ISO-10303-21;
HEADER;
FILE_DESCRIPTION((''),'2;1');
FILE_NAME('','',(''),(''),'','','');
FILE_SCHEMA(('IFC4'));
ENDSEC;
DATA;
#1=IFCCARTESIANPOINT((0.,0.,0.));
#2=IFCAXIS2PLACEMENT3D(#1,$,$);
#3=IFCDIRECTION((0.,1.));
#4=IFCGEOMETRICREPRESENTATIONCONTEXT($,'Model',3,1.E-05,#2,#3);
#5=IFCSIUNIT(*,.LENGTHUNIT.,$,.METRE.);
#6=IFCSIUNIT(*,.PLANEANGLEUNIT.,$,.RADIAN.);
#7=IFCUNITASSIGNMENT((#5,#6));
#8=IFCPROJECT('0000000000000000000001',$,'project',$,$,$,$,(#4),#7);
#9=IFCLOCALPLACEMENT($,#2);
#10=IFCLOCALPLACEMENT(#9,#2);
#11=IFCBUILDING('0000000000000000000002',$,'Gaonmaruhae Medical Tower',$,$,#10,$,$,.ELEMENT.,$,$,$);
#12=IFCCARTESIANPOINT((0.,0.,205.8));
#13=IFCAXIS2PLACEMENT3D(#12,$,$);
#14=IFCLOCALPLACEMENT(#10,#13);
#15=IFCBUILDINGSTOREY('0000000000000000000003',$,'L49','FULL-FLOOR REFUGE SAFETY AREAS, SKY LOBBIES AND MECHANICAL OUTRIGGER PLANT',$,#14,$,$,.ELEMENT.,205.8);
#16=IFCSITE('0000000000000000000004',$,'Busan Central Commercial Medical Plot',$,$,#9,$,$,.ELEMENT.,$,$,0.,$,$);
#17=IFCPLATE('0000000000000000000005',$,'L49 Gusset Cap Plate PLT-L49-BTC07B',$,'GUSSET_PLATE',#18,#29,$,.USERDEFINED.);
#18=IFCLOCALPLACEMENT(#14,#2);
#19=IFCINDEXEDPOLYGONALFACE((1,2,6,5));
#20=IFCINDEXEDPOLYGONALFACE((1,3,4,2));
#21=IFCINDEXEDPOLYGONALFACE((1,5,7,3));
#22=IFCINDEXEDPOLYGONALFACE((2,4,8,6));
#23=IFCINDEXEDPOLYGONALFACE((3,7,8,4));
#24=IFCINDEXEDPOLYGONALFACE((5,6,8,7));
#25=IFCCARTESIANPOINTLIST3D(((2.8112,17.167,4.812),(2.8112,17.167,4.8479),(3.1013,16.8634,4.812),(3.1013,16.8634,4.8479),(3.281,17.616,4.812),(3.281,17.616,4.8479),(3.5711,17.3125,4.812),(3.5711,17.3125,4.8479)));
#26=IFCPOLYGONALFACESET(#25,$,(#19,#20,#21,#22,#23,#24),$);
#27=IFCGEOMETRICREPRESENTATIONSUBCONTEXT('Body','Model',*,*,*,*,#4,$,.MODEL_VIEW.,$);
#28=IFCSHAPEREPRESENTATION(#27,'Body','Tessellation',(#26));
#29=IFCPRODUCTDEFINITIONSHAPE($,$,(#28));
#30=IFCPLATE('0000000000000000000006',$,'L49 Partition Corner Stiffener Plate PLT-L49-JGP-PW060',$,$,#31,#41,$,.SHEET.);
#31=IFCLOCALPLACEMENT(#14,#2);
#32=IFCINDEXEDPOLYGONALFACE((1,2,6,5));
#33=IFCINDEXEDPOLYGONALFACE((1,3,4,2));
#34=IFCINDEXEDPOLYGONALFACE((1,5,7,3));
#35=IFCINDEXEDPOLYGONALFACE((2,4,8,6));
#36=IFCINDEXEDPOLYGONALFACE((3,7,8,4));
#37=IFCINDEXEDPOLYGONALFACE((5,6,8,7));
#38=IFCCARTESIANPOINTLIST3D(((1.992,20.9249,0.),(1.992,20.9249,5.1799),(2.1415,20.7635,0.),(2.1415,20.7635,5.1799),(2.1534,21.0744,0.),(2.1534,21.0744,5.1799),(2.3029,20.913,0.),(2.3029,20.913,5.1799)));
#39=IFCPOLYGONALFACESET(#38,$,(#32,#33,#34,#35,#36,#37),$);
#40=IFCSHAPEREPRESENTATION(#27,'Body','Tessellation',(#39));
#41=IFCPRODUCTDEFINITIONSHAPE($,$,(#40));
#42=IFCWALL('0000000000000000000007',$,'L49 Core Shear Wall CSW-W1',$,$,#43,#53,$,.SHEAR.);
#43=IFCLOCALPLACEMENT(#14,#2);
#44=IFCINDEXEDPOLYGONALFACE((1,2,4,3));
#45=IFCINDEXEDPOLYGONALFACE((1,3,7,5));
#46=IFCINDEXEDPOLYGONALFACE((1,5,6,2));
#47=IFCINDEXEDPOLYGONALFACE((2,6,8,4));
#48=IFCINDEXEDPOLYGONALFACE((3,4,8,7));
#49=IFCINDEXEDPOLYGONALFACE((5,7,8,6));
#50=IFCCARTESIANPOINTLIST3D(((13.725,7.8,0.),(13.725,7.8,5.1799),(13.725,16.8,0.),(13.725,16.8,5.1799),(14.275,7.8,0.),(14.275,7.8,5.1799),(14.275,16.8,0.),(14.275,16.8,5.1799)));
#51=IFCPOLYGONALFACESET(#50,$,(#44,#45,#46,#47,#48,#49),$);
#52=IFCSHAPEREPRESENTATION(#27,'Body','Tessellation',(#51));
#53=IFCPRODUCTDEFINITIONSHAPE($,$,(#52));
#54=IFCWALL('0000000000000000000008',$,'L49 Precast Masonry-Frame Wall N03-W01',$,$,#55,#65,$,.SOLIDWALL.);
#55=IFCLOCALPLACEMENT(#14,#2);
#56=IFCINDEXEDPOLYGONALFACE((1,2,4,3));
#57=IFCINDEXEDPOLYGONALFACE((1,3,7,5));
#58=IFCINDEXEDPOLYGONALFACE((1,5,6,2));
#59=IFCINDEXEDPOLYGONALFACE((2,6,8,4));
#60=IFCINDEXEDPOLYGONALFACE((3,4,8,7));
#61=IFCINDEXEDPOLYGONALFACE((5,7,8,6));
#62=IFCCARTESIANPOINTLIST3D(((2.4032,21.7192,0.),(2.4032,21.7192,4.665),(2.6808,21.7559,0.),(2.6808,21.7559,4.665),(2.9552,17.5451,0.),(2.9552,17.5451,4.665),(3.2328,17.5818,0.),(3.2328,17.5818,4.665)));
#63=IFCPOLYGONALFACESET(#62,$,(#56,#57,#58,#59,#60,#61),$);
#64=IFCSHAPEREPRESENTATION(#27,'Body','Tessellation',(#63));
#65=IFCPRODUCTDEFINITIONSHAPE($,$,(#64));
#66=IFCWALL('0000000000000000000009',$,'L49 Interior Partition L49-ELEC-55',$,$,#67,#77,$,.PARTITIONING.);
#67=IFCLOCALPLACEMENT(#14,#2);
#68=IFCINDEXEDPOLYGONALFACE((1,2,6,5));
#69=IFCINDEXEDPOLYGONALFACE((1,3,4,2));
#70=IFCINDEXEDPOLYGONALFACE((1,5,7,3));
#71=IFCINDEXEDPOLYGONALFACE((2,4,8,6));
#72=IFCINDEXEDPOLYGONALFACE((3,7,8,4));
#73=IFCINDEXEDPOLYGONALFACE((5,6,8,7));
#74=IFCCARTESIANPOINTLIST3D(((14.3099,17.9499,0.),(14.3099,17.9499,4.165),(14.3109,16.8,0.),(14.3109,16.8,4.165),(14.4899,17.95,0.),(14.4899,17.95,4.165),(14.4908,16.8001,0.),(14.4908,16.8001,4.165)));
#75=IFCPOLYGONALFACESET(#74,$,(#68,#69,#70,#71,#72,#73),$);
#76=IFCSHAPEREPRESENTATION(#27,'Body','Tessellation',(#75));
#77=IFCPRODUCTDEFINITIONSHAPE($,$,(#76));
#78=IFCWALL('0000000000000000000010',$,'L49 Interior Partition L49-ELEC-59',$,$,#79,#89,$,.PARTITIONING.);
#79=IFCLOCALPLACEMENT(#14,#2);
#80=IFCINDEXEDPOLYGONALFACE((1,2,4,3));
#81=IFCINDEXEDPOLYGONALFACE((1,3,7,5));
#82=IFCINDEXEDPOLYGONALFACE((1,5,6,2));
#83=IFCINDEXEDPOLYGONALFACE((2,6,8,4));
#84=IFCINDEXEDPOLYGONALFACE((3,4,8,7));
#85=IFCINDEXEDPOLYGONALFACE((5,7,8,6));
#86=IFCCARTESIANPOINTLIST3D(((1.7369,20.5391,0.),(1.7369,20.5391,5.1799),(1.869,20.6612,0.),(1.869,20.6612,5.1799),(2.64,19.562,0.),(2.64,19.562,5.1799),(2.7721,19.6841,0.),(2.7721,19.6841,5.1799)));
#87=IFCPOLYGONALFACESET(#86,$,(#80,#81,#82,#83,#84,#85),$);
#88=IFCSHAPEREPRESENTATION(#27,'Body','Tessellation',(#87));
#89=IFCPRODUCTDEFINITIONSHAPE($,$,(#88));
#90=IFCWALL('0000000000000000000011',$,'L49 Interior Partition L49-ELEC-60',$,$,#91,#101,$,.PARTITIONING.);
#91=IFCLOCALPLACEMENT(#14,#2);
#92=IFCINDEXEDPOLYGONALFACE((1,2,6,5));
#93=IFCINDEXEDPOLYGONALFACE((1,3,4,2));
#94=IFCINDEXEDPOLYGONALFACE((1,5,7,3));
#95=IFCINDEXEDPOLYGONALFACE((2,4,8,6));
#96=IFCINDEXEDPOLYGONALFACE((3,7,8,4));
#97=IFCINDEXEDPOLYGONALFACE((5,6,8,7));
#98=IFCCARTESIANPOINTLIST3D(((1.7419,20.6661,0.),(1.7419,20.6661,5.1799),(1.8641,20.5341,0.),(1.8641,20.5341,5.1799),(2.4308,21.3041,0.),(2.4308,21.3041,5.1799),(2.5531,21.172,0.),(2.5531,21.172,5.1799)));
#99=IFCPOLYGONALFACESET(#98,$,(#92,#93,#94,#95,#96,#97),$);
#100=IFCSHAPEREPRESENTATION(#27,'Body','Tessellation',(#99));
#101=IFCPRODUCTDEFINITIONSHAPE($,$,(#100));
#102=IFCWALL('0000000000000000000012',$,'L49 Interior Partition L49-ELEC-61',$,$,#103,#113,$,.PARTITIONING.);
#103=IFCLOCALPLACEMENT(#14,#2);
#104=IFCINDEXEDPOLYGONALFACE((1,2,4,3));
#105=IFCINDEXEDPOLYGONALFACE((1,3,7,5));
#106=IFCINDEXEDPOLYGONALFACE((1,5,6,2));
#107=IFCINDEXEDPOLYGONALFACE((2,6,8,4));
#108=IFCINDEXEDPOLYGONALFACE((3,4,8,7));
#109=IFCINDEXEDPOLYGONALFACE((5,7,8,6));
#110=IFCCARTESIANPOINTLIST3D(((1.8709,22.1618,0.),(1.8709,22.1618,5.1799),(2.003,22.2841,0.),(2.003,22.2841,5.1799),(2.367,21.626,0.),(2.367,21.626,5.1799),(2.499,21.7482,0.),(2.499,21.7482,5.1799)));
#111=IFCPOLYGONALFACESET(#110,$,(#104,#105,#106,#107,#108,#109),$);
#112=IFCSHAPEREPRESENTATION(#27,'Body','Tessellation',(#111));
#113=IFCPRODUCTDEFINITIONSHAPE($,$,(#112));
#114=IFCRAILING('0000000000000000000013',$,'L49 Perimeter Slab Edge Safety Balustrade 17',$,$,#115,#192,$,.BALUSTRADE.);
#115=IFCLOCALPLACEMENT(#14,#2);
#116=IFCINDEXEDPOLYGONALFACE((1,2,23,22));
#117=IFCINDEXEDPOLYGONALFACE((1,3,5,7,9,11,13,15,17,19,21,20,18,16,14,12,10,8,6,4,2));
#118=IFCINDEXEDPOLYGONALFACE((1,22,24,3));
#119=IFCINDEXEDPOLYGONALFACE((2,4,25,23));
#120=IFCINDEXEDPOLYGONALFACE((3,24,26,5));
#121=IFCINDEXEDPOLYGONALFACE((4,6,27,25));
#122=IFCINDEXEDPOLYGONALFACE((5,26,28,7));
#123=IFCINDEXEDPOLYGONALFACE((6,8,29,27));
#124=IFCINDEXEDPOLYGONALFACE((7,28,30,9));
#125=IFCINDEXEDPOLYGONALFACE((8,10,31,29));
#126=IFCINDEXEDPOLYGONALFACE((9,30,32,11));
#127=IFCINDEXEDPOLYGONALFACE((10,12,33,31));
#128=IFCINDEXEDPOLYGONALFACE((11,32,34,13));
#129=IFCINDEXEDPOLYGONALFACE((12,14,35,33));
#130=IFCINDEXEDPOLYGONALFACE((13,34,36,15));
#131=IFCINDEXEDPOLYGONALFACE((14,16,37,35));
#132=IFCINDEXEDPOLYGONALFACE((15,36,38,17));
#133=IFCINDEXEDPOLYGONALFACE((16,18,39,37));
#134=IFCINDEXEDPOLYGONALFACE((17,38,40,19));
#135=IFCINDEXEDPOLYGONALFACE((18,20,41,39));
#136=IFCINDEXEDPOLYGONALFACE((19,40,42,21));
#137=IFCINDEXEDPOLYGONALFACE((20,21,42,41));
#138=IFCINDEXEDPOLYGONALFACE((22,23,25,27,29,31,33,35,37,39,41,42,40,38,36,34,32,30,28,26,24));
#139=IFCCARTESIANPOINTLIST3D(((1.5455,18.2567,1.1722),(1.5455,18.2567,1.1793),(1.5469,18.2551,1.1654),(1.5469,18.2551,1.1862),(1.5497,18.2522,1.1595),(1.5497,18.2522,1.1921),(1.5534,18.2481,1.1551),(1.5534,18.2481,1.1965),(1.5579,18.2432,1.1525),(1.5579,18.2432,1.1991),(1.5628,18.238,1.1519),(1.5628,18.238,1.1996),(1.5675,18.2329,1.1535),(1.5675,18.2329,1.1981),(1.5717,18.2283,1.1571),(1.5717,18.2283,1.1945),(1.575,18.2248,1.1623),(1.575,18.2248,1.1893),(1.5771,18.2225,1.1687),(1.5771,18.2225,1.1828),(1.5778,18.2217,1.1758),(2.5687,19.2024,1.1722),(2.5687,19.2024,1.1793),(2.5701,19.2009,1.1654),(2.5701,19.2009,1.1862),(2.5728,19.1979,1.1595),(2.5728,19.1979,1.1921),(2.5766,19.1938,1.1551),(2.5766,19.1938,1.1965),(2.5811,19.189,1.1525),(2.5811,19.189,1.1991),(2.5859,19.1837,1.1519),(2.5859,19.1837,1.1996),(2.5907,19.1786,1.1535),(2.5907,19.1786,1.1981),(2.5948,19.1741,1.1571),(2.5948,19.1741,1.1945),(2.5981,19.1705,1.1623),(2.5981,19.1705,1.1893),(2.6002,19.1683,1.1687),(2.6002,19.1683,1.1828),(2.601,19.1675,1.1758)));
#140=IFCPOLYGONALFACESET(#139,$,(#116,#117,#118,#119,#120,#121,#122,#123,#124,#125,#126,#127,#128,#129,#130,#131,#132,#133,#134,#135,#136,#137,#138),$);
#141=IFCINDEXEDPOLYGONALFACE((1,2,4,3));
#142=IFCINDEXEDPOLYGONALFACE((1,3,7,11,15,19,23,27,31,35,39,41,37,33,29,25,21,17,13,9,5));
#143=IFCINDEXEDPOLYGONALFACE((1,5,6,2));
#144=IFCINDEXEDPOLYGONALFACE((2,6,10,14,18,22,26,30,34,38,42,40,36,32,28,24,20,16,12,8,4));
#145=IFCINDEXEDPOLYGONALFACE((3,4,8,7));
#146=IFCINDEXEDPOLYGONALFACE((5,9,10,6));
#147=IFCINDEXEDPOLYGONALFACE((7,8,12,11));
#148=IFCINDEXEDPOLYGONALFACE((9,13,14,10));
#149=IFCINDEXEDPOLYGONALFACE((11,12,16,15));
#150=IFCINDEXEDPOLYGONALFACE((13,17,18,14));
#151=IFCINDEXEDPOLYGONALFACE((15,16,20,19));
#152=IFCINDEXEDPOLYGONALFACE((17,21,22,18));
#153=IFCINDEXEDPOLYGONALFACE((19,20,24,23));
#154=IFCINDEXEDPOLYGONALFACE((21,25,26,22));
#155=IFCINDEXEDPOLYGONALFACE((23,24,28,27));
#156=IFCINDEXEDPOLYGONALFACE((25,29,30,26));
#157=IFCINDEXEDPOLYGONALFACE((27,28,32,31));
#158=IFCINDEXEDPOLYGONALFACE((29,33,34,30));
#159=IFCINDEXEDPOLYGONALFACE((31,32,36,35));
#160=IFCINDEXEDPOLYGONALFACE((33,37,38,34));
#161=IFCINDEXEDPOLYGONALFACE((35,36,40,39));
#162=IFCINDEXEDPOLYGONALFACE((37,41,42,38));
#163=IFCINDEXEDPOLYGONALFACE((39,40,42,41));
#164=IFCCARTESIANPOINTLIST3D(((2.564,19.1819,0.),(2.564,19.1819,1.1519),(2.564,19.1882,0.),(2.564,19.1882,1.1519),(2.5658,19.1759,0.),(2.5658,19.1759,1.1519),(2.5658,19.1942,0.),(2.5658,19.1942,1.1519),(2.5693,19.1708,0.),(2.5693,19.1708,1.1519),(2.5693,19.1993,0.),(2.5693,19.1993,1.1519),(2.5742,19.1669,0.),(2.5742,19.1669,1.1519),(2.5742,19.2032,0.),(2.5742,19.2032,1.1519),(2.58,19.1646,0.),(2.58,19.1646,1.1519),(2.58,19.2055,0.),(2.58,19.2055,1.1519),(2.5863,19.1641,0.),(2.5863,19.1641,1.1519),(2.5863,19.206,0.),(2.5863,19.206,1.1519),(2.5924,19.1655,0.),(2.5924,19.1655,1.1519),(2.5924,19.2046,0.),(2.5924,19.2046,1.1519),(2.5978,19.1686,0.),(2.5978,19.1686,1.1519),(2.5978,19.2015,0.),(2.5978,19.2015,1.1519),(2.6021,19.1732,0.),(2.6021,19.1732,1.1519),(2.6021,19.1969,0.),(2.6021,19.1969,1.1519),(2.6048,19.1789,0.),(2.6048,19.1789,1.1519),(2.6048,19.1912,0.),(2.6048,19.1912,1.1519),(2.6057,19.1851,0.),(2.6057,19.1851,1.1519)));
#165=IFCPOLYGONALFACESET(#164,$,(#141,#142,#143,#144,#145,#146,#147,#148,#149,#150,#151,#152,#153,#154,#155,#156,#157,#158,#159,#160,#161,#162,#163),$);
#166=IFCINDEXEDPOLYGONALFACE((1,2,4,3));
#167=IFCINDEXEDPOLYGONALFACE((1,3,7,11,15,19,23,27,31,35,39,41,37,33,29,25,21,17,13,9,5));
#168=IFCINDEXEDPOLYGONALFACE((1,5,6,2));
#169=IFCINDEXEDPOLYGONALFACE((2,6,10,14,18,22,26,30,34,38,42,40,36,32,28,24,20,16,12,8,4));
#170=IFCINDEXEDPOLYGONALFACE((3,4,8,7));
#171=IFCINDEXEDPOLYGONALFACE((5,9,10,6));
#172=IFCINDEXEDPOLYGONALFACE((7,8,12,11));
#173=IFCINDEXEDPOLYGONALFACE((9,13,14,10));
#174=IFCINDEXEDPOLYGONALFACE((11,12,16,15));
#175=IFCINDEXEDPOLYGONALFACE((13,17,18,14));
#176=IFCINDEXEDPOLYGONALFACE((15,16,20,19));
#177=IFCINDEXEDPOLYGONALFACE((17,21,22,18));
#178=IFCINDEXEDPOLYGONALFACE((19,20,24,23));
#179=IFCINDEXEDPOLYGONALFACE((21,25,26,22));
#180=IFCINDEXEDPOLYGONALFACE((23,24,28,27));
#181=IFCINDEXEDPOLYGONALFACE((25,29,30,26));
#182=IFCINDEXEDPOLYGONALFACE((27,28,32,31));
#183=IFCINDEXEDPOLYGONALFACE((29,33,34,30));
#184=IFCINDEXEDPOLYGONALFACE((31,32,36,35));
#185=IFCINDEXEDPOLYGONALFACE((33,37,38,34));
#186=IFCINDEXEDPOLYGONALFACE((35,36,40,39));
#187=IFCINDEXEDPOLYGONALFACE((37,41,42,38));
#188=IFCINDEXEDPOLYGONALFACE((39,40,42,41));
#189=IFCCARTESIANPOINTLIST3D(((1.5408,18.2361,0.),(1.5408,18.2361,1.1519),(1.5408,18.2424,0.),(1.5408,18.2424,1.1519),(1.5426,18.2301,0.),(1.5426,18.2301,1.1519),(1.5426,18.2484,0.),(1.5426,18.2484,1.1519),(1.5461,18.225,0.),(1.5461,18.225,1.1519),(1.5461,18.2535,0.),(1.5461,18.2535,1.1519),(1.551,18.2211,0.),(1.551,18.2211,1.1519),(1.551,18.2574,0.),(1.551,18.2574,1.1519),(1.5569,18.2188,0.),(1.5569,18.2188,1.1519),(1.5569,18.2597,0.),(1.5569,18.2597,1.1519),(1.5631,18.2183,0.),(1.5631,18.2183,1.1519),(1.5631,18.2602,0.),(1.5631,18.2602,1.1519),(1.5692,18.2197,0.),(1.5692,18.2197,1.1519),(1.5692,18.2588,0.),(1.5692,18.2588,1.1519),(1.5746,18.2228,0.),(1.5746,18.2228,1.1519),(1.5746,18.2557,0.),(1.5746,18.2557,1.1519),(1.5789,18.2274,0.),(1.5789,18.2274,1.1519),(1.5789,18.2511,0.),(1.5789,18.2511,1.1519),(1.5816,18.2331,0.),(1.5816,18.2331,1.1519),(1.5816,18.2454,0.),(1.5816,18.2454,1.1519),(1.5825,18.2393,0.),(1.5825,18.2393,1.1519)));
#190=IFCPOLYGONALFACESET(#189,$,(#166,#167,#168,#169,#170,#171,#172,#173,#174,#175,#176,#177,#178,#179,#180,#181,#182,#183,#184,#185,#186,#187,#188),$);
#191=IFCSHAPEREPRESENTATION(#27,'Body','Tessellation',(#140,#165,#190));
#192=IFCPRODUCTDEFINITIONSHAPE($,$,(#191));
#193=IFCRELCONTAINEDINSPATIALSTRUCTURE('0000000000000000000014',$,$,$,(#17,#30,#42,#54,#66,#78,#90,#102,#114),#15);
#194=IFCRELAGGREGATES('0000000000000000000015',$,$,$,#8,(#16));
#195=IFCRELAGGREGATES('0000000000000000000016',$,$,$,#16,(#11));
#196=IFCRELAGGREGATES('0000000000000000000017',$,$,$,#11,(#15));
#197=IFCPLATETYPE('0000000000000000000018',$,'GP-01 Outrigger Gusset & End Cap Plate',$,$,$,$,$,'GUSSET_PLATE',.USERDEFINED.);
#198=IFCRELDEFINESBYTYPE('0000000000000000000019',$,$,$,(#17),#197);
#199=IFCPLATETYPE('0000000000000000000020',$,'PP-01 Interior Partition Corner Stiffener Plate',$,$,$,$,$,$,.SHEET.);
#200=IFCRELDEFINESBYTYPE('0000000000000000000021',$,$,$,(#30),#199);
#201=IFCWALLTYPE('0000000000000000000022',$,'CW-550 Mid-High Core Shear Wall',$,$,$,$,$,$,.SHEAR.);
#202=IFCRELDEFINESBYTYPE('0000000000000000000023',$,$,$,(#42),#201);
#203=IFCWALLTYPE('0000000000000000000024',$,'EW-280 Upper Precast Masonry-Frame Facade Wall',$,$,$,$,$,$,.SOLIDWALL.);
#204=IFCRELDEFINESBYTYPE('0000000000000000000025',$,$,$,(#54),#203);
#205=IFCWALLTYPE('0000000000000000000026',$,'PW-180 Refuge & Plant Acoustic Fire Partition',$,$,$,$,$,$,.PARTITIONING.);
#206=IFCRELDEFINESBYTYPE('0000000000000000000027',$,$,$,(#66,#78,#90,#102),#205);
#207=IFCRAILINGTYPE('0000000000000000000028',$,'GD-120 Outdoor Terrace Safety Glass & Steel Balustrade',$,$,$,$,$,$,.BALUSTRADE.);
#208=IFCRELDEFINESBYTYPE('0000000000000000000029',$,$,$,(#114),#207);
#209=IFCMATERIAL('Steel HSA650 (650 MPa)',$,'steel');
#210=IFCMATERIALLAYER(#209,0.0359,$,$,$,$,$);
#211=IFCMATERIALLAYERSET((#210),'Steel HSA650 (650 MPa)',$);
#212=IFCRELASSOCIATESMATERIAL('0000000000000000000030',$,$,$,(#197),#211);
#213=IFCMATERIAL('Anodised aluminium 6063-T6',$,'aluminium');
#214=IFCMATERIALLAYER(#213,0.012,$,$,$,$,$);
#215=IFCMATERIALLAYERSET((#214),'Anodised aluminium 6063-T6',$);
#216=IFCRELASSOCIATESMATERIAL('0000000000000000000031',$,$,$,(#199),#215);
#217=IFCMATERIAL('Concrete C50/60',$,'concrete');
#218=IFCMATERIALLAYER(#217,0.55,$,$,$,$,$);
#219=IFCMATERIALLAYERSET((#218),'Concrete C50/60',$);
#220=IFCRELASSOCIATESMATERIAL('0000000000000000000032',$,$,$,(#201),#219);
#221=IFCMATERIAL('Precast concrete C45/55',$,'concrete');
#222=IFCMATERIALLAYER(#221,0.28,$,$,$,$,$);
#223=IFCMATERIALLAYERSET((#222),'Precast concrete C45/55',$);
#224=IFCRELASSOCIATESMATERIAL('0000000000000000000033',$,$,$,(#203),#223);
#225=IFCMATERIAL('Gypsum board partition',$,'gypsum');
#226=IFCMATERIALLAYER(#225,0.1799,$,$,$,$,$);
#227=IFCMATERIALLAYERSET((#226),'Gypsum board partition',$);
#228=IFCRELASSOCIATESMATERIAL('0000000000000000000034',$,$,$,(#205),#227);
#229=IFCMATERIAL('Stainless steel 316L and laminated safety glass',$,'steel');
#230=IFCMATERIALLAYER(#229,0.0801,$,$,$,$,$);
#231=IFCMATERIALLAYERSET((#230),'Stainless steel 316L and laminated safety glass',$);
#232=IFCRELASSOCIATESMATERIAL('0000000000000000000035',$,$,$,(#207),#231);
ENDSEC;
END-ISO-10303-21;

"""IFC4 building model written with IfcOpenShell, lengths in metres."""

from ifc_helpers import new_model, si_unit, direction, frame, frame_2d, origin, origin_2d, place, context, subcontext, project, spatial, rectangle, circle, extrude, material, layer, layer_set, type_object, element, save


model = new_model("IFC4")

# Units and contexts
model_context = context("Model", 3, precision=1e-05, world=origin(), true_north=direction((0.0, 1.0)))
body_context = subcontext(model_context, "Body", "Model", "MODEL_VIEW")
ifc_project = project(units=[si_unit("LENGTHUNIT", "METRE"), si_unit("PLANEANGLEUNIT", "RADIAN")], contexts=[model_context])

# Site, building, storey
site_placement = place(None, origin())
site = spatial("IfcSite", under=ifc_project, at=site_placement, Name="Busan Central Commercial Medical Plot", CompositionType="ELEMENT", RefElevation=0.0)
building_placement = place(site_placement, origin())
building = spatial("IfcBuilding", under=site, at=building_placement, Name="Gaonmaruhae Medical Tower", CompositionType="ELEMENT")
storey_placement = place(building_placement, frame((0.0, 0.0, 205.8)))
storey = spatial("IfcBuildingStorey", under=building, at=storey_placement, Name="L49", Description="FULL-FLOOR REFUGE SAFETY AREAS, SKY LOBBIES AND MECHANICAL OUTRIGGER PLANT", CompositionType="ELEMENT", Elevation=205.8)

# Shared definitions
ifc_material_1 = material(Name="Steel HSA650 (650 MPa)", Category="steel")

# Plates
ifc_layer_1 = layer(ifc_material_1, 0.0359)
ifc_layer_set_1 = layer_set([ifc_layer_1], Name="Steel HSA650 (650 MPa)")
plate_type_1 = type_object("IfcPlateType", Name="GP-01 Outrigger Gusset & End Cap Plate", ElementType="GUSSET_PLATE", PredefinedType="USERDEFINED", material=ifc_layer_set_1)
for number, where, z_axis, x_axis, name in (
    (1, (3.1912, 17.2397, 4.812), (0.0, 0.0, 1.0), (0.722967, 0.690882, 0.0), "L49 Gusset Cap Plate PLT-L49-BTC07B"),
):
    element("IfcPlate", number, at=place(storey_placement, frame(where, z_axis=z_axis, x_axis=x_axis)), inside=storey, type_object=plate_type_1, Name=name, ObjectType="GUSSET_PLATE", PredefinedType="USERDEFINED", context=body_context, shape_type="SweptSolid", body=[
        extrude(rectangle(XDim=0.6499, YDim=0.4199, at=origin_2d()), origin(), (0.0, 0.0, 1.0), 0.0359),
    ])
ifc_material_2 = material(Name="Anodised aluminium 6063-T6", Category="aluminium")
ifc_layer_2 = layer(ifc_material_2, 0.012)
ifc_layer_set_2 = layer_set([ifc_layer_2], Name="Anodised aluminium 6063-T6")
plate_type_2 = type_object("IfcPlateType", Name="PP-01 Interior Partition Corner Stiffener Plate", PredefinedType="SHEET", material=ifc_layer_set_2)
plate_placement = place(storey_placement, frame((2.1475, 20.9189, 0.0), z_axis=(0.0, 0.0, 1.0), x_axis=(0.733742, 0.679428, 0.0)))
element("IfcPlate", 2, at=plate_placement, inside=storey, type_object=plate_type_2, Name="L49 Partition Corner Stiffener Plate PLT-L49-JGP-PW060", PredefinedType="SHEET", context=body_context, shape_type="SweptSolid", body=[
    extrude(rectangle(XDim=0.22, YDim=0.22, at=origin_2d()), origin(), (0.0, 0.0, 1.0), 5.1799),
])

# Walls
ifc_material_3 = material(Name="Concrete C50/60", Category="concrete")
ifc_layer_3 = layer(ifc_material_3, 0.55)
ifc_layer_set_3 = layer_set([ifc_layer_3], Name="Concrete C50/60")
wall_type_1 = type_object("IfcWallType", Name="CW-550 Mid-High Core Shear Wall", PredefinedType="SHEAR", material=ifc_layer_set_3)
wall_1_placement = place(storey_placement, frame((14.0, 16.8, 0.0), z_axis=(0.0, 0.0, 1.0), x_axis=(0.0, -1.0, 0.0)))
element("IfcWall", 3, at=wall_1_placement, inside=storey, type_object=wall_type_1, Name="L49 Core Shear Wall CSW-W1", PredefinedType="SHEAR", context=body_context, shape_type="SweptSolid", body=[
    extrude(rectangle(XDim=9.0, YDim=0.55, at=frame_2d((4.5, 0.0))), origin(), (0.0, 0.0, 1.0), 5.1799),
])
ifc_material_4 = material(Name="Precast concrete C45/55", Category="concrete")
ifc_layer_4 = layer(ifc_material_4, 0.28)
ifc_layer_set_4 = layer_set([ifc_layer_4], Name="Precast concrete C45/55")
wall_type_2 = type_object("IfcWallType", Name="EW-280 Upper Precast Masonry-Frame Facade Wall", PredefinedType="SOLIDWALL", material=ifc_layer_set_4)
wall_2_placement = place(storey_placement, frame((3.094, 17.5635, 0.0), z_axis=(0.0, 0.0, 1.0), x_axis=(-0.131104, 0.991369, 0.0)))
element("IfcWall", 4, at=wall_2_placement, inside=storey, type_object=wall_type_2, Name="L49 Precast Masonry-Frame Wall N03-W01", PredefinedType="SOLIDWALL", context=body_context, shape_type="SweptSolid", body=[
    extrude(rectangle(XDim=4.2104, YDim=0.28, at=frame_2d((2.1052, 0.0))), origin(), (0.0, 0.0, 1.0), 4.665),
])
ifc_material_5 = material(Name="Gypsum board partition", Category="gypsum")
ifc_layer_5 = layer(ifc_material_5, 0.1799)
ifc_layer_set_5 = layer_set([ifc_layer_5], Name="Gypsum board partition")
wall_type_3 = type_object("IfcWallType", Name="PW-180 Refuge & Plant Acoustic Fire Partition", PredefinedType="PARTITIONING", material=ifc_layer_set_5)
wall_3_placement = place(storey_placement, frame((14.3999, 17.95, 0.0), z_axis=(0.0, 0.0, 1.0), x_axis=(0.000849, -1.0, 0.0)))
element("IfcWall", 5, at=wall_3_placement, inside=storey, type_object=wall_type_3, Name="L49 Interior Partition L49-ELEC-55", PredefinedType="PARTITIONING", context=body_context, shape_type="SweptSolid", body=[
    extrude(rectangle(XDim=1.1499, YDim=0.1799, at=frame_2d((0.575, 0.0))), origin(), (0.0, 0.0, 1.0), 4.165),
])
wall_4_placement = place(storey_placement, frame((2.7061, 19.623, 0.0), z_axis=(0.0, 0.0, 1.0), x_axis=(-0.67876, 0.73436, 0.0)))
element("IfcWall", 6, at=wall_4_placement, inside=storey, type_object=wall_type_3, Name="L49 Interior Partition L49-ELEC-59", PredefinedType="PARTITIONING", context=body_context, shape_type="SweptSolid", body=[
    extrude(rectangle(XDim=1.3306, YDim=0.1799, at=frame_2d((0.6653, 0.0))), origin(), (0.0, 0.0, 1.0), 5.1799),
])
wall_5_placement = place(storey_placement, frame((1.803, 20.6001, 0.0), z_axis=(0.0, 0.0, 1.0), x_axis=(0.733756, 0.679413, 0.0)))
element("IfcWall", 7, at=wall_5_placement, inside=storey, type_object=wall_type_3, Name="L49 Interior Partition L49-ELEC-60", PredefinedType="PARTITIONING", context=body_context, shape_type="SweptSolid", body=[
    extrude(rectangle(XDim=0.939, YDim=0.1799, at=frame_2d((0.4695, 0.0))), origin(), (0.0, 0.0, 1.0), 5.1799),
])
wall_6_placement = place(storey_placement, frame((2.4331, 21.687, 0.0), z_axis=(0.0, 0.0, 1.0), x_axis=(-0.679335, 0.733829, 0.0)))
element("IfcWall", 8, at=wall_6_placement, inside=storey, type_object=wall_type_3, Name="L49 Interior Partition L49-ELEC-61", PredefinedType="PARTITIONING", context=body_context, shape_type="SweptSolid", body=[
    extrude(rectangle(XDim=0.7302, YDim=0.1799, at=frame_2d((0.3652, 0.0))), origin(), (0.0, 0.0, 1.0), 5.1799),
])

# Railing
ifc_material_6 = material(Name="Stainless steel 316L and laminated safety glass", Category="steel")
ifc_layer_6 = layer(ifc_material_6, 0.0801)
ifc_layer_set_6 = layer_set([ifc_layer_6], Name="Stainless steel 316L and laminated safety glass")
railing_type = type_object("IfcRailingType", Name="GD-120 Outdoor Terrace Safety Glass & Steel Balustrade", PredefinedType="BALUSTRADE", material=ifc_layer_set_6)
railing_1_placement = place(storey_placement, frame((2.5847, 19.1851, 0.0)))
element("IfcRailing", 9, at=railing_1_placement, inside=storey, type_object=railing_type, Name="L49 Perimeter Slab Edge Safety Balustrade 17", PredefinedType="BALUSTRADE", context=body_context, shape_type="SweptSolid", body=[
    extrude(circle(Radius=0.0239, at=origin_2d()), frame((0.0, 0.0, 1.1758), z_axis=(-0.734333, -0.678789, 0.0), x_axis=(0.678789, -0.734333, 0.0)), (0.0, 0.0, 1.0), 1.3933),
    extrude(circle(Radius=0.021, at=origin_2d()), origin(), (0.0, 0.0, 1.0), 1.1519),
    extrude(circle(Radius=0.021, at=origin_2d()), frame((-1.0232, -0.9458, 0.0)), (0.0, 0.0, 1.0), 1.1519),
])

save(model, "model.ifc")
